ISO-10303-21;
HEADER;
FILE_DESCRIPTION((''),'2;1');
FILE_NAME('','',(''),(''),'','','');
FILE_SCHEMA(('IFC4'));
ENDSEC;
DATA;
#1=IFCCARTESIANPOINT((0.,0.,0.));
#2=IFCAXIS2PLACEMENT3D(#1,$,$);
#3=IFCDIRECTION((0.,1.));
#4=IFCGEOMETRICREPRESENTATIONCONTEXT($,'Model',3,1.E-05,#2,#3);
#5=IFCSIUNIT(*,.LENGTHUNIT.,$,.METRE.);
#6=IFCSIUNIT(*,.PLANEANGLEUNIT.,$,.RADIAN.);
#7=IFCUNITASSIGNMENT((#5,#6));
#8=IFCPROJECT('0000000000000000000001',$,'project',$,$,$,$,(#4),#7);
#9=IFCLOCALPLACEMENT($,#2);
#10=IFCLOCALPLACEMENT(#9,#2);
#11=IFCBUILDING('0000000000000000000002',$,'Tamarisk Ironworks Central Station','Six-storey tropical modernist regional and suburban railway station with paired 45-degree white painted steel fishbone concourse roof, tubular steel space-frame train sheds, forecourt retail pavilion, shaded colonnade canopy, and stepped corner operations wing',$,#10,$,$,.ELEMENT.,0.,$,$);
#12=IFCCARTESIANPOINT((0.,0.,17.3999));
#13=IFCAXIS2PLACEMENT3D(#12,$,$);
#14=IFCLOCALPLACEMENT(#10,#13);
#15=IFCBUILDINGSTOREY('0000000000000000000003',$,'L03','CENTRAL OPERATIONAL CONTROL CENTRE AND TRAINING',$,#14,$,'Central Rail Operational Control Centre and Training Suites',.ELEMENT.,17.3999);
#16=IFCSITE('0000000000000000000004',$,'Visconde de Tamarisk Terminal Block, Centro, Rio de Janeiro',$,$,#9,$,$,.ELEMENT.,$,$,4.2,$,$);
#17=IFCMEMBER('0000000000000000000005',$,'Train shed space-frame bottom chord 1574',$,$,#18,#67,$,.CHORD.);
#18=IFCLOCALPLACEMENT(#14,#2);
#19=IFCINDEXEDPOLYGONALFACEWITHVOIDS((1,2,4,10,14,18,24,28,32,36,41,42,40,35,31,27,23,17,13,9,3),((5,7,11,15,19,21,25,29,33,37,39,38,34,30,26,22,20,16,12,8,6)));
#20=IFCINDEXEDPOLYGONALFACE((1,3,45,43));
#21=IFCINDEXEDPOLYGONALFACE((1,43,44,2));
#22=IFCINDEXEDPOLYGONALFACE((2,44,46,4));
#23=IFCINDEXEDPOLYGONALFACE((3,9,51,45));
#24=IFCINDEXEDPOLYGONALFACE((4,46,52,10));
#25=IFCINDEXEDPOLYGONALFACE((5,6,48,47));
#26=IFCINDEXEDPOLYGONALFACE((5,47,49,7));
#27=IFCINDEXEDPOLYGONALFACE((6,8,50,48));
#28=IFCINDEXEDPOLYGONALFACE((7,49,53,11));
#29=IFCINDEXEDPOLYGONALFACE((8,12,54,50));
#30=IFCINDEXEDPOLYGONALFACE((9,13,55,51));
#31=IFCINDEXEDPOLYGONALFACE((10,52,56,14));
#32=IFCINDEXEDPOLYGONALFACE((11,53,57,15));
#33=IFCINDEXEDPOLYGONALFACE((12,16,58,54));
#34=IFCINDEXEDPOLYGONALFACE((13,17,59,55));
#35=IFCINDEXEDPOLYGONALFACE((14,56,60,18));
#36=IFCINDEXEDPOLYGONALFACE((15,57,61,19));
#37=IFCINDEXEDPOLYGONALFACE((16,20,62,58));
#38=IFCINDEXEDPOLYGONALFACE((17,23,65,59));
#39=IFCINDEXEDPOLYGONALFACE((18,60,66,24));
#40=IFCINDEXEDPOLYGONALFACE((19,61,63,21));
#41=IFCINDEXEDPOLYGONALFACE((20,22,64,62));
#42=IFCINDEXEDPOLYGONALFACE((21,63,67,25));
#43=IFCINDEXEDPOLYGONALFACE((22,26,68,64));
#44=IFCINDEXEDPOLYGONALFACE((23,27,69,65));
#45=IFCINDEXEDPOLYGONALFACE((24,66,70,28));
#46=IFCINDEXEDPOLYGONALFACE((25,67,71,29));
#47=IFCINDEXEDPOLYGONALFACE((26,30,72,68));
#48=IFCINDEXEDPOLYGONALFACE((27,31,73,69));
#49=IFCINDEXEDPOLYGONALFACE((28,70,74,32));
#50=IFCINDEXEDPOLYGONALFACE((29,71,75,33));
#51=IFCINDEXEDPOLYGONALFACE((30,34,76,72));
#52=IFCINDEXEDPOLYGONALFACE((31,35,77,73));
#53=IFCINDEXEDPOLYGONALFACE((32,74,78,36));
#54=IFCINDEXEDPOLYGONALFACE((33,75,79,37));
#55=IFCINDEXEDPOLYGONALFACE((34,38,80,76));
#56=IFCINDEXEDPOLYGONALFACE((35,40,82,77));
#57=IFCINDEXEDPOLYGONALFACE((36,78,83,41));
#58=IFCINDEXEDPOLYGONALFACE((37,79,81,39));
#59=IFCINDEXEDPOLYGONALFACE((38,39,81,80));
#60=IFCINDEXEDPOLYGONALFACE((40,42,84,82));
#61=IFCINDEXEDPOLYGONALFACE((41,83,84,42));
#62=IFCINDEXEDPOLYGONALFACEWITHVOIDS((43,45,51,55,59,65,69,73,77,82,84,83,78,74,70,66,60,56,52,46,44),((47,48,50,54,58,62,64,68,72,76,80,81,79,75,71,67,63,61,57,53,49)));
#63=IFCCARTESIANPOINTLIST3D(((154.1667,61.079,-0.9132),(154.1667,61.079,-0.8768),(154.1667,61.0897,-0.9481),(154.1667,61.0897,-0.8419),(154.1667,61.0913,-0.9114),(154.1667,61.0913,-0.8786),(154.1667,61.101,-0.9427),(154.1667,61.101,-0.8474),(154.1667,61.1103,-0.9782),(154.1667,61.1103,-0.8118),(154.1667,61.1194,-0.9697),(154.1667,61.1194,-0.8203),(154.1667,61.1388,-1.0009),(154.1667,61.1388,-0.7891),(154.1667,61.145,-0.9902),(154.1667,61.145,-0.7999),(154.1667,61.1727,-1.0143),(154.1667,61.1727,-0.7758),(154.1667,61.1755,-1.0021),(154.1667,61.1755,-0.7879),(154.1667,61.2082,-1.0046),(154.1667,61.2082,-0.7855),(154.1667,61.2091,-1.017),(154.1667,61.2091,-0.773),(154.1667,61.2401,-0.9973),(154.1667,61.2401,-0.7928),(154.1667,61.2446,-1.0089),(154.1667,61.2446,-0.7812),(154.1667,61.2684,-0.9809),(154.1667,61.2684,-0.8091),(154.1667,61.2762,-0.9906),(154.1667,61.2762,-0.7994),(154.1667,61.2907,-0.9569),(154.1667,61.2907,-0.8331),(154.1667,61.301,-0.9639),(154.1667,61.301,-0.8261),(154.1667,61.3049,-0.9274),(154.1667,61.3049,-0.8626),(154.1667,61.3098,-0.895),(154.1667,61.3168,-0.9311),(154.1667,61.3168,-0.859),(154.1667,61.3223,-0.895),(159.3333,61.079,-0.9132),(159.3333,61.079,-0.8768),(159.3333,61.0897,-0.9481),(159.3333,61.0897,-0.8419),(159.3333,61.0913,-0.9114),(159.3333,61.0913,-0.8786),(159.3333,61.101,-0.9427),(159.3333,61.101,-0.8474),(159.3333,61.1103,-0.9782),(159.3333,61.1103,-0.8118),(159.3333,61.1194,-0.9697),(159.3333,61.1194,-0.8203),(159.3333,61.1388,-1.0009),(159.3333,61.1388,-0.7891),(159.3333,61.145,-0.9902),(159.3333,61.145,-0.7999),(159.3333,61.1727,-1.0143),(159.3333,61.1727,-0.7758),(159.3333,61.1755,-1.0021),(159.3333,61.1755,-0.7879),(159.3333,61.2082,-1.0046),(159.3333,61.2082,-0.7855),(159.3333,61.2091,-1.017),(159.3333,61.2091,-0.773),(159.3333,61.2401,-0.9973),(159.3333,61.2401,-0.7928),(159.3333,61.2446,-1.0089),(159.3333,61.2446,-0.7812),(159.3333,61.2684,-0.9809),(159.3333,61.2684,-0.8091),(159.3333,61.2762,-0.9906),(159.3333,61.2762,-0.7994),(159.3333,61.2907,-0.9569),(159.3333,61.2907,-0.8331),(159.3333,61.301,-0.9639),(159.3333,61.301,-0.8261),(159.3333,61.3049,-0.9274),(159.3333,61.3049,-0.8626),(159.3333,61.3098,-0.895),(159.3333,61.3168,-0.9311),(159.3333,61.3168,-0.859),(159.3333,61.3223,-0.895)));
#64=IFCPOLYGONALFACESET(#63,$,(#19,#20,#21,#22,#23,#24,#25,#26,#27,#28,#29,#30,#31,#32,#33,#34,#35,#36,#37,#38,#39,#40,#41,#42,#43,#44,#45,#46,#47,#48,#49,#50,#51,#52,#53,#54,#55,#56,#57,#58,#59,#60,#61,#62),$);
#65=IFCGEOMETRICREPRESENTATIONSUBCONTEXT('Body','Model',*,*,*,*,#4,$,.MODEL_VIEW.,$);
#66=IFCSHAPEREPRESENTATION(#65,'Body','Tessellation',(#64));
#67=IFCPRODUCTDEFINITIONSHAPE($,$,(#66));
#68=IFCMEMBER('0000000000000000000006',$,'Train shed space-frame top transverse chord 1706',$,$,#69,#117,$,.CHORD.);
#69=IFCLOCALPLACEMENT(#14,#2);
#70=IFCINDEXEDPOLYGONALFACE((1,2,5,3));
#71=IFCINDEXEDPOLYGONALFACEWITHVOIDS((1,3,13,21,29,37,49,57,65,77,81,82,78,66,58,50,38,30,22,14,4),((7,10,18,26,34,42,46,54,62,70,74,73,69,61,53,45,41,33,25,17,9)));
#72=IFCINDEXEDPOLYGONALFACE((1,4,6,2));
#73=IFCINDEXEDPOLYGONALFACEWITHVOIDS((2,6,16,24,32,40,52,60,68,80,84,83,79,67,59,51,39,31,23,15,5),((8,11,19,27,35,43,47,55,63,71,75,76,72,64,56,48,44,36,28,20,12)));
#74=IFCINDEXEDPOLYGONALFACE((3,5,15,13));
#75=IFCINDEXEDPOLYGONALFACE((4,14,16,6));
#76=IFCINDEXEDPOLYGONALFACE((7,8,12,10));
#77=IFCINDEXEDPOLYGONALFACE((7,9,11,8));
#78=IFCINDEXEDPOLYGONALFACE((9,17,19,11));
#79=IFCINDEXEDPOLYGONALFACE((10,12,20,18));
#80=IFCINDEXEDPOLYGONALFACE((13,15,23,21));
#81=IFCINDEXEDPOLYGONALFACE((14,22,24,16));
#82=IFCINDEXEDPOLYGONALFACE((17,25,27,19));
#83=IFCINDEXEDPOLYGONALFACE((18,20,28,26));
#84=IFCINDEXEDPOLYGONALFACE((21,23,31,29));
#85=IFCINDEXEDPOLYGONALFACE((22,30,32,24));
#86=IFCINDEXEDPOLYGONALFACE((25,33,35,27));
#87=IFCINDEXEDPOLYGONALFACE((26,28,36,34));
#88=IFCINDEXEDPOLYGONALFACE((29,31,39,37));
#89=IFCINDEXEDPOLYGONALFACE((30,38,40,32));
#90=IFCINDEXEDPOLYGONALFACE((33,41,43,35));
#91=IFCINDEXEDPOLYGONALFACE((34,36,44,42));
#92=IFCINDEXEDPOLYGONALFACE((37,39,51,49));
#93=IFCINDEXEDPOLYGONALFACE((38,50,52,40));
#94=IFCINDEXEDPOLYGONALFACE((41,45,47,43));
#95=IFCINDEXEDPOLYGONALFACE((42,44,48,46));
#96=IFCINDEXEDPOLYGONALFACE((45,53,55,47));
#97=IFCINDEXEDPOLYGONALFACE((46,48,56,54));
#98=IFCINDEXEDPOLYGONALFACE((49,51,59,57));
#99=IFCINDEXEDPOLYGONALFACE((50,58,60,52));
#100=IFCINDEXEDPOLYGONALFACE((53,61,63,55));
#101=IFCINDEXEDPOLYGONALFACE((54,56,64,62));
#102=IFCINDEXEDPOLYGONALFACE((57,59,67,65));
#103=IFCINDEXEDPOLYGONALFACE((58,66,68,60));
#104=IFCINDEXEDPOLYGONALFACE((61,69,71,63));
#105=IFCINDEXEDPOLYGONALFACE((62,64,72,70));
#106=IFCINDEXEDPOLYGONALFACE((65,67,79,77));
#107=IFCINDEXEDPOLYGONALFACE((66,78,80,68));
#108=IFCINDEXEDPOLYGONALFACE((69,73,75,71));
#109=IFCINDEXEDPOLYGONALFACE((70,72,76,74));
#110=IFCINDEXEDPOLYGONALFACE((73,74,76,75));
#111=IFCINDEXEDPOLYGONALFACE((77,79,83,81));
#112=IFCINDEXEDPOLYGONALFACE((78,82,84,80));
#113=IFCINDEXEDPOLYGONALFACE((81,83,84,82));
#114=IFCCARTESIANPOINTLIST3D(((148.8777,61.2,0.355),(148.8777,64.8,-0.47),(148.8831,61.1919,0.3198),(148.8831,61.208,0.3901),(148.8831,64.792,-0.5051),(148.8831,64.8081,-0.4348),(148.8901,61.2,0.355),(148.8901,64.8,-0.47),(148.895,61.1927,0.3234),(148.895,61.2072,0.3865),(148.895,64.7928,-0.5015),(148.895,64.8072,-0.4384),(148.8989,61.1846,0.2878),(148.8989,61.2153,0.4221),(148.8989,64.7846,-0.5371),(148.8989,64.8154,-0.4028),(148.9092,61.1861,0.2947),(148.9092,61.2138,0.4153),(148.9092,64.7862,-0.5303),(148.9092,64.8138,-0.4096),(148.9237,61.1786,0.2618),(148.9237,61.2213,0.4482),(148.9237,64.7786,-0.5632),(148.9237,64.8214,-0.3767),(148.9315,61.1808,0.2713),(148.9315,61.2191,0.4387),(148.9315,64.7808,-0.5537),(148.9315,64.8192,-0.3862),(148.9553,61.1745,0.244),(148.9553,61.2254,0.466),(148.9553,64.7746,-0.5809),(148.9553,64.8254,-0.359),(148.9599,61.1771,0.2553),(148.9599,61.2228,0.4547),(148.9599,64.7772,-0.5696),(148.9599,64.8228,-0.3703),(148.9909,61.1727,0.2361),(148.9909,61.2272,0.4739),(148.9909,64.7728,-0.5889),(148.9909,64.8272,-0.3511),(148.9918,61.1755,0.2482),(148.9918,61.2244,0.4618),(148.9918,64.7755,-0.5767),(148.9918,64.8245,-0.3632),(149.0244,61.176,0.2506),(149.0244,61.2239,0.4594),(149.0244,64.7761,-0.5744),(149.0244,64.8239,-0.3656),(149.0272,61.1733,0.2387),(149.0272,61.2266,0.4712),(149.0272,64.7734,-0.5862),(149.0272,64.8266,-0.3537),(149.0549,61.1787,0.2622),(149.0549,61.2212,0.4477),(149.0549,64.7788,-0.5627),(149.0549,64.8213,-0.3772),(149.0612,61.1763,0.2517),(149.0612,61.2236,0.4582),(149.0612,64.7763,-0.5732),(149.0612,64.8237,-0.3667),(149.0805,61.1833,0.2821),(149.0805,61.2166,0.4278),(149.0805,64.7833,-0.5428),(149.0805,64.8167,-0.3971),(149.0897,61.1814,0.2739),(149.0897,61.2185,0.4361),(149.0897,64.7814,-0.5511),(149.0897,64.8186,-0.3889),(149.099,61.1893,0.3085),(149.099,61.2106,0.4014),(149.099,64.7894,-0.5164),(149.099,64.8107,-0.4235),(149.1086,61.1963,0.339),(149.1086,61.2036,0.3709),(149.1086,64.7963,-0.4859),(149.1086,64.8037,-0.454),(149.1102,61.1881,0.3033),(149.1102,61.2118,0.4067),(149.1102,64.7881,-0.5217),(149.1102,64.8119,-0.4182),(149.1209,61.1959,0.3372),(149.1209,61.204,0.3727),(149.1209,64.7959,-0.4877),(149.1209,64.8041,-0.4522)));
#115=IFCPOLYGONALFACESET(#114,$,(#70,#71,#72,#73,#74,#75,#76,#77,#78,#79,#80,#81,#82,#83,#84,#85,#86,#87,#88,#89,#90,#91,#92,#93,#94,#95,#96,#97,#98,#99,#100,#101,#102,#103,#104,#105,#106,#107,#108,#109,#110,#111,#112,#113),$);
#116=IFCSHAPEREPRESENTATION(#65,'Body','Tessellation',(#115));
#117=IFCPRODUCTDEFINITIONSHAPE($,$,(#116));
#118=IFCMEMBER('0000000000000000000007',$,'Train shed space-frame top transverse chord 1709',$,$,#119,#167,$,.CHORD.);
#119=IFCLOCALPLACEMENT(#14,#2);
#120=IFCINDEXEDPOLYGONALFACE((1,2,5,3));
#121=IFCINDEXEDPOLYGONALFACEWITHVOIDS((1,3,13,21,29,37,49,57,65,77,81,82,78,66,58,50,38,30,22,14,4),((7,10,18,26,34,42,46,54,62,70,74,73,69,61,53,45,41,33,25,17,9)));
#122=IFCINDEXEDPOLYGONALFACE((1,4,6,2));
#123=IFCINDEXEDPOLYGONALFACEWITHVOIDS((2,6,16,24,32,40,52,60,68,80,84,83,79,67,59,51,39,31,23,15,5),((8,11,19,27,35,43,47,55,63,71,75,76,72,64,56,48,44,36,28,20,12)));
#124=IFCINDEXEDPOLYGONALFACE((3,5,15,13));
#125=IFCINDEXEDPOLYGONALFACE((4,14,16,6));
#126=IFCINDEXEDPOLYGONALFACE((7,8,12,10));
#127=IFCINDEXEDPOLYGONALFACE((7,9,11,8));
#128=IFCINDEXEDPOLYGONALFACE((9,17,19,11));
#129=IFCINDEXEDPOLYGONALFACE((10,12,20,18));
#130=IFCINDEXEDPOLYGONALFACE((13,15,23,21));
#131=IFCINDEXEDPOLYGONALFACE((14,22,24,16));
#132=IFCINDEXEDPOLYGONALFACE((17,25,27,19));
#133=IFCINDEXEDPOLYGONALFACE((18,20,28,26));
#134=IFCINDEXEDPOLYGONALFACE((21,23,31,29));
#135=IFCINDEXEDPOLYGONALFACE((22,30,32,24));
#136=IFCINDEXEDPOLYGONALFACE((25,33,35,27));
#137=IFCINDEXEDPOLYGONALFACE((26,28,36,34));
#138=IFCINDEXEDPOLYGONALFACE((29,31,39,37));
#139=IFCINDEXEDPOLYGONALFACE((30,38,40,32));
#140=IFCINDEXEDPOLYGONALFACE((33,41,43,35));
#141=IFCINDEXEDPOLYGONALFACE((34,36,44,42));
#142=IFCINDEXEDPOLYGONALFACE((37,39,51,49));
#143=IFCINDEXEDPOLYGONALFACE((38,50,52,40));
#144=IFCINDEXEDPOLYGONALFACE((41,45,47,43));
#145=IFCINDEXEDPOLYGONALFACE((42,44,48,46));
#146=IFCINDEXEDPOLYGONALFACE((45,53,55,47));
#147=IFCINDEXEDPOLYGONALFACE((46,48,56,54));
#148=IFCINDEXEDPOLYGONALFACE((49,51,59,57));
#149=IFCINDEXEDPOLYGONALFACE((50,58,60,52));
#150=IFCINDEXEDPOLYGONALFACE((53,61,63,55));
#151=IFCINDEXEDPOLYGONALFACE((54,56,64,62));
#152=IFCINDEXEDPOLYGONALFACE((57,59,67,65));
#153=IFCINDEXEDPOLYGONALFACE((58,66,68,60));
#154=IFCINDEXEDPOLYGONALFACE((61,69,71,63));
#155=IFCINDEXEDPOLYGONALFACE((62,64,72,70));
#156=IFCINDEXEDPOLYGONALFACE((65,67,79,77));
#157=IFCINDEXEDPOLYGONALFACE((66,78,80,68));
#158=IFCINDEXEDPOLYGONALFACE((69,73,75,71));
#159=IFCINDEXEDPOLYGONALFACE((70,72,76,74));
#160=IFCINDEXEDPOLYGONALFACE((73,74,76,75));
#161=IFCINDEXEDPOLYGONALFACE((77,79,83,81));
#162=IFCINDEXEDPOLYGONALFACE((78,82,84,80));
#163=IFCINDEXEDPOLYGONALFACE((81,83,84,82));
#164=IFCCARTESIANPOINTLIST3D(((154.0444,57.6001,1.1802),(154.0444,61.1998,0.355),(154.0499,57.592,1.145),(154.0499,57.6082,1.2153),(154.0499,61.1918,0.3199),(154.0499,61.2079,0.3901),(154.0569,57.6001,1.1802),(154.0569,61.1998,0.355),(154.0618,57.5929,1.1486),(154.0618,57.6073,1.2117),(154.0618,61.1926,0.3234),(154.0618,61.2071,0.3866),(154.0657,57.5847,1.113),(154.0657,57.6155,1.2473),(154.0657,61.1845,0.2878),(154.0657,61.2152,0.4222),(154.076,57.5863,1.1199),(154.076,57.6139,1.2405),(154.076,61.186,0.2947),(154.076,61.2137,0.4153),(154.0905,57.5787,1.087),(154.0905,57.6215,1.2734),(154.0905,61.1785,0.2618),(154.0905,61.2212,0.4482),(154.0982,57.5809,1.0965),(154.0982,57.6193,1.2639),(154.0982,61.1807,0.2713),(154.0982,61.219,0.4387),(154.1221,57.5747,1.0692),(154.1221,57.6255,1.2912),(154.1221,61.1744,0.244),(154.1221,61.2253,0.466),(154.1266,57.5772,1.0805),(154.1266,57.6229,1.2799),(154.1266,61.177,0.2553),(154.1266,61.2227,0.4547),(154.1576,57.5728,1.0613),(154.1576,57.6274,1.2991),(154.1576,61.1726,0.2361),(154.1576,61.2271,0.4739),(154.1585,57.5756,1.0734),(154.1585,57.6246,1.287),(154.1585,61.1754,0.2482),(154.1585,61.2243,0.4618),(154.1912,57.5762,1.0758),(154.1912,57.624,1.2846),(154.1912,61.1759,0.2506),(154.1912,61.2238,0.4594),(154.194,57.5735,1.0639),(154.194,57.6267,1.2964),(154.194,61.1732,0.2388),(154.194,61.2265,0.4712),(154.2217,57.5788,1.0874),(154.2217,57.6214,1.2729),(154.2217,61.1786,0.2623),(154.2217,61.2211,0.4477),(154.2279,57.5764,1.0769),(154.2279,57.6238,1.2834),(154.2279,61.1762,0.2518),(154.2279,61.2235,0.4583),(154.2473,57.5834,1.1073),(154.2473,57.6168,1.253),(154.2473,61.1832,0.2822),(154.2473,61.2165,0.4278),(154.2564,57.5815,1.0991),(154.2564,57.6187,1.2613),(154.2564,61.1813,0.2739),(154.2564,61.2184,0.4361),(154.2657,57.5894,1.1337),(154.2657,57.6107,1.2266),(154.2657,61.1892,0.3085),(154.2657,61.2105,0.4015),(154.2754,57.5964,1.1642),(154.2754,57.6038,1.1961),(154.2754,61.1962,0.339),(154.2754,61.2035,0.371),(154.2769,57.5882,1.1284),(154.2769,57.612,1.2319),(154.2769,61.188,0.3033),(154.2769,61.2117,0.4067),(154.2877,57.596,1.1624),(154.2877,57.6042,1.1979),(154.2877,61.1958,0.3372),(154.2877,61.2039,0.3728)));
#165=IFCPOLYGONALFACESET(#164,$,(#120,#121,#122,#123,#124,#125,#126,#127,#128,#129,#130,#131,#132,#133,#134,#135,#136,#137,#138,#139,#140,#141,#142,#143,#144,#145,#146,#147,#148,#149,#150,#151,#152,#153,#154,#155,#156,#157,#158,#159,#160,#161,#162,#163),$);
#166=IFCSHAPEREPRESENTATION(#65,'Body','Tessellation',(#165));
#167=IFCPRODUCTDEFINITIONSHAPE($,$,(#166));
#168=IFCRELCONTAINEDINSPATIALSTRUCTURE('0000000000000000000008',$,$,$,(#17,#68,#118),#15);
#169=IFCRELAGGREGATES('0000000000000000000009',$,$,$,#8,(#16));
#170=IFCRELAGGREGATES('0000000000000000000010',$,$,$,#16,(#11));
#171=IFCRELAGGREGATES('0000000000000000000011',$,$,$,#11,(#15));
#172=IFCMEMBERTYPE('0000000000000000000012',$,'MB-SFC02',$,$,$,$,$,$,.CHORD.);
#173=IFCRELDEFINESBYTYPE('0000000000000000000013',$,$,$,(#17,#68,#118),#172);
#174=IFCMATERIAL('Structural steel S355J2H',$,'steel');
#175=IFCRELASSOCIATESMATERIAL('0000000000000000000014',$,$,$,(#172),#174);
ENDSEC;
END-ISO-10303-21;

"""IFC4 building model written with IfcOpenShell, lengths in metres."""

from ifc_helpers import new_model, si_unit, direction, frame, origin, origin_2d, place, context, subcontext, project, spatial, hollow_circle, extrude, material, material_profile, profile_set, type_object, element, save


model = new_model("IFC4")

# Units and contexts
model_context = context("Model", 3, precision=1e-05, world=origin(), true_north=direction((0.0, 1.0)))
body_context = subcontext(model_context, "Body", "Model", "MODEL_VIEW")
ifc_project = project(units=[si_unit("LENGTHUNIT", "METRE"), si_unit("PLANEANGLEUNIT", "RADIAN")], contexts=[model_context])

# Site, building, storey
site_placement = place(None, origin())
site = spatial("IfcSite", under=ifc_project, at=site_placement, Name="Visconde de Tamarisk Terminal Block, Centro, Rio de Janeiro", CompositionType="ELEMENT", RefElevation=4.2)
building_placement = place(site_placement, origin())
building = spatial("IfcBuilding", under=site, at=building_placement, Name="Tamarisk Ironworks Central Station", Description="Six-storey tropical modernist regional and suburban railway station with paired 45-degree white painted steel fishbone concourse roof, tubular steel space-frame train sheds, forecourt retail pavilion, shaded colonnade canopy, and stepped corner operations wing", CompositionType="ELEMENT", ElevationOfRefHeight=0.0)
storey_placement = place(building_placement, frame((0.0, 0.0, 17.3999)))
storey = spatial("IfcBuildingStorey", under=building, at=storey_placement, Name="L03", Description="CENTRAL OPERATIONAL CONTROL CENTRE AND TRAINING", LongName="Central Rail Operational Control Centre and Training Suites", CompositionType="ELEMENT", Elevation=17.3999)

# Members
ifc_material = material(Name="Structural steel S355J2H", Category="steel")
ifc_material_profile_1 = material_profile(ifc_material, hollow_circle(Radius=0.1223, WallThickness=0.0125, at=origin_2d()), Name="CHS 244.5x12.5")
ifc_profile_set_1 = profile_set([ifc_material_profile_1], Name="Structural steel S355J2H")
member_type_1 = type_object("IfcMemberType", Name="MB-SFC02", PredefinedType="CHORD", material=ifc_profile_set_1)
member_1_placement = place(storey_placement, frame((154.1667, 61.2, -0.895), z_axis=(1.0, 0.0, 0.0), x_axis=(0.0, 1.0, 0.0)))
element("IfcMember", 1, at=member_1_placement, inside=storey, type_object=member_type_1, Name="Train shed space-frame bottom chord 1574", PredefinedType="CHORD", context=body_context, shape_type="SweptSolid", body=[
    extrude(hollow_circle(Radius=0.1223, WallThickness=0.0125, at=origin_2d()), origin(), (0.0, 0.0, 1.0), 5.1665),
])
member_2_placement = place(storey_placement, frame((149.0, 61.2, 0.355), z_axis=(0.0, 0.974737, -0.223358), x_axis=(-1.0, 0.0, 0.0)))
element("IfcMember", 2, at=member_2_placement, inside=storey, type_object=member_type_1, Name="Train shed space-frame top transverse chord 1706", PredefinedType="CHORD", context=body_context, shape_type="SweptSolid", body=[
    extrude(hollow_circle(Radius=0.1223, WallThickness=0.0125, at=origin_2d()), origin(), (0.0, 0.0, 1.0), 3.6934),
])
member_3_placement = place(storey_placement, frame((154.1667, 57.6001, 1.1802), z_axis=(0.0, 0.974719, -0.223435), x_axis=(-1.0, 0.0, 0.0)))
element("IfcMember", 3, at=member_3_placement, inside=storey, type_object=member_type_1, Name="Train shed space-frame top transverse chord 1709", PredefinedType="CHORD", context=body_context, shape_type="SweptSolid", body=[
    extrude(hollow_circle(Radius=0.1223, WallThickness=0.0125, at=origin_2d()), origin(), (0.0, 0.0, 1.0), 3.6931),
])

save(model, "model.ifc")
